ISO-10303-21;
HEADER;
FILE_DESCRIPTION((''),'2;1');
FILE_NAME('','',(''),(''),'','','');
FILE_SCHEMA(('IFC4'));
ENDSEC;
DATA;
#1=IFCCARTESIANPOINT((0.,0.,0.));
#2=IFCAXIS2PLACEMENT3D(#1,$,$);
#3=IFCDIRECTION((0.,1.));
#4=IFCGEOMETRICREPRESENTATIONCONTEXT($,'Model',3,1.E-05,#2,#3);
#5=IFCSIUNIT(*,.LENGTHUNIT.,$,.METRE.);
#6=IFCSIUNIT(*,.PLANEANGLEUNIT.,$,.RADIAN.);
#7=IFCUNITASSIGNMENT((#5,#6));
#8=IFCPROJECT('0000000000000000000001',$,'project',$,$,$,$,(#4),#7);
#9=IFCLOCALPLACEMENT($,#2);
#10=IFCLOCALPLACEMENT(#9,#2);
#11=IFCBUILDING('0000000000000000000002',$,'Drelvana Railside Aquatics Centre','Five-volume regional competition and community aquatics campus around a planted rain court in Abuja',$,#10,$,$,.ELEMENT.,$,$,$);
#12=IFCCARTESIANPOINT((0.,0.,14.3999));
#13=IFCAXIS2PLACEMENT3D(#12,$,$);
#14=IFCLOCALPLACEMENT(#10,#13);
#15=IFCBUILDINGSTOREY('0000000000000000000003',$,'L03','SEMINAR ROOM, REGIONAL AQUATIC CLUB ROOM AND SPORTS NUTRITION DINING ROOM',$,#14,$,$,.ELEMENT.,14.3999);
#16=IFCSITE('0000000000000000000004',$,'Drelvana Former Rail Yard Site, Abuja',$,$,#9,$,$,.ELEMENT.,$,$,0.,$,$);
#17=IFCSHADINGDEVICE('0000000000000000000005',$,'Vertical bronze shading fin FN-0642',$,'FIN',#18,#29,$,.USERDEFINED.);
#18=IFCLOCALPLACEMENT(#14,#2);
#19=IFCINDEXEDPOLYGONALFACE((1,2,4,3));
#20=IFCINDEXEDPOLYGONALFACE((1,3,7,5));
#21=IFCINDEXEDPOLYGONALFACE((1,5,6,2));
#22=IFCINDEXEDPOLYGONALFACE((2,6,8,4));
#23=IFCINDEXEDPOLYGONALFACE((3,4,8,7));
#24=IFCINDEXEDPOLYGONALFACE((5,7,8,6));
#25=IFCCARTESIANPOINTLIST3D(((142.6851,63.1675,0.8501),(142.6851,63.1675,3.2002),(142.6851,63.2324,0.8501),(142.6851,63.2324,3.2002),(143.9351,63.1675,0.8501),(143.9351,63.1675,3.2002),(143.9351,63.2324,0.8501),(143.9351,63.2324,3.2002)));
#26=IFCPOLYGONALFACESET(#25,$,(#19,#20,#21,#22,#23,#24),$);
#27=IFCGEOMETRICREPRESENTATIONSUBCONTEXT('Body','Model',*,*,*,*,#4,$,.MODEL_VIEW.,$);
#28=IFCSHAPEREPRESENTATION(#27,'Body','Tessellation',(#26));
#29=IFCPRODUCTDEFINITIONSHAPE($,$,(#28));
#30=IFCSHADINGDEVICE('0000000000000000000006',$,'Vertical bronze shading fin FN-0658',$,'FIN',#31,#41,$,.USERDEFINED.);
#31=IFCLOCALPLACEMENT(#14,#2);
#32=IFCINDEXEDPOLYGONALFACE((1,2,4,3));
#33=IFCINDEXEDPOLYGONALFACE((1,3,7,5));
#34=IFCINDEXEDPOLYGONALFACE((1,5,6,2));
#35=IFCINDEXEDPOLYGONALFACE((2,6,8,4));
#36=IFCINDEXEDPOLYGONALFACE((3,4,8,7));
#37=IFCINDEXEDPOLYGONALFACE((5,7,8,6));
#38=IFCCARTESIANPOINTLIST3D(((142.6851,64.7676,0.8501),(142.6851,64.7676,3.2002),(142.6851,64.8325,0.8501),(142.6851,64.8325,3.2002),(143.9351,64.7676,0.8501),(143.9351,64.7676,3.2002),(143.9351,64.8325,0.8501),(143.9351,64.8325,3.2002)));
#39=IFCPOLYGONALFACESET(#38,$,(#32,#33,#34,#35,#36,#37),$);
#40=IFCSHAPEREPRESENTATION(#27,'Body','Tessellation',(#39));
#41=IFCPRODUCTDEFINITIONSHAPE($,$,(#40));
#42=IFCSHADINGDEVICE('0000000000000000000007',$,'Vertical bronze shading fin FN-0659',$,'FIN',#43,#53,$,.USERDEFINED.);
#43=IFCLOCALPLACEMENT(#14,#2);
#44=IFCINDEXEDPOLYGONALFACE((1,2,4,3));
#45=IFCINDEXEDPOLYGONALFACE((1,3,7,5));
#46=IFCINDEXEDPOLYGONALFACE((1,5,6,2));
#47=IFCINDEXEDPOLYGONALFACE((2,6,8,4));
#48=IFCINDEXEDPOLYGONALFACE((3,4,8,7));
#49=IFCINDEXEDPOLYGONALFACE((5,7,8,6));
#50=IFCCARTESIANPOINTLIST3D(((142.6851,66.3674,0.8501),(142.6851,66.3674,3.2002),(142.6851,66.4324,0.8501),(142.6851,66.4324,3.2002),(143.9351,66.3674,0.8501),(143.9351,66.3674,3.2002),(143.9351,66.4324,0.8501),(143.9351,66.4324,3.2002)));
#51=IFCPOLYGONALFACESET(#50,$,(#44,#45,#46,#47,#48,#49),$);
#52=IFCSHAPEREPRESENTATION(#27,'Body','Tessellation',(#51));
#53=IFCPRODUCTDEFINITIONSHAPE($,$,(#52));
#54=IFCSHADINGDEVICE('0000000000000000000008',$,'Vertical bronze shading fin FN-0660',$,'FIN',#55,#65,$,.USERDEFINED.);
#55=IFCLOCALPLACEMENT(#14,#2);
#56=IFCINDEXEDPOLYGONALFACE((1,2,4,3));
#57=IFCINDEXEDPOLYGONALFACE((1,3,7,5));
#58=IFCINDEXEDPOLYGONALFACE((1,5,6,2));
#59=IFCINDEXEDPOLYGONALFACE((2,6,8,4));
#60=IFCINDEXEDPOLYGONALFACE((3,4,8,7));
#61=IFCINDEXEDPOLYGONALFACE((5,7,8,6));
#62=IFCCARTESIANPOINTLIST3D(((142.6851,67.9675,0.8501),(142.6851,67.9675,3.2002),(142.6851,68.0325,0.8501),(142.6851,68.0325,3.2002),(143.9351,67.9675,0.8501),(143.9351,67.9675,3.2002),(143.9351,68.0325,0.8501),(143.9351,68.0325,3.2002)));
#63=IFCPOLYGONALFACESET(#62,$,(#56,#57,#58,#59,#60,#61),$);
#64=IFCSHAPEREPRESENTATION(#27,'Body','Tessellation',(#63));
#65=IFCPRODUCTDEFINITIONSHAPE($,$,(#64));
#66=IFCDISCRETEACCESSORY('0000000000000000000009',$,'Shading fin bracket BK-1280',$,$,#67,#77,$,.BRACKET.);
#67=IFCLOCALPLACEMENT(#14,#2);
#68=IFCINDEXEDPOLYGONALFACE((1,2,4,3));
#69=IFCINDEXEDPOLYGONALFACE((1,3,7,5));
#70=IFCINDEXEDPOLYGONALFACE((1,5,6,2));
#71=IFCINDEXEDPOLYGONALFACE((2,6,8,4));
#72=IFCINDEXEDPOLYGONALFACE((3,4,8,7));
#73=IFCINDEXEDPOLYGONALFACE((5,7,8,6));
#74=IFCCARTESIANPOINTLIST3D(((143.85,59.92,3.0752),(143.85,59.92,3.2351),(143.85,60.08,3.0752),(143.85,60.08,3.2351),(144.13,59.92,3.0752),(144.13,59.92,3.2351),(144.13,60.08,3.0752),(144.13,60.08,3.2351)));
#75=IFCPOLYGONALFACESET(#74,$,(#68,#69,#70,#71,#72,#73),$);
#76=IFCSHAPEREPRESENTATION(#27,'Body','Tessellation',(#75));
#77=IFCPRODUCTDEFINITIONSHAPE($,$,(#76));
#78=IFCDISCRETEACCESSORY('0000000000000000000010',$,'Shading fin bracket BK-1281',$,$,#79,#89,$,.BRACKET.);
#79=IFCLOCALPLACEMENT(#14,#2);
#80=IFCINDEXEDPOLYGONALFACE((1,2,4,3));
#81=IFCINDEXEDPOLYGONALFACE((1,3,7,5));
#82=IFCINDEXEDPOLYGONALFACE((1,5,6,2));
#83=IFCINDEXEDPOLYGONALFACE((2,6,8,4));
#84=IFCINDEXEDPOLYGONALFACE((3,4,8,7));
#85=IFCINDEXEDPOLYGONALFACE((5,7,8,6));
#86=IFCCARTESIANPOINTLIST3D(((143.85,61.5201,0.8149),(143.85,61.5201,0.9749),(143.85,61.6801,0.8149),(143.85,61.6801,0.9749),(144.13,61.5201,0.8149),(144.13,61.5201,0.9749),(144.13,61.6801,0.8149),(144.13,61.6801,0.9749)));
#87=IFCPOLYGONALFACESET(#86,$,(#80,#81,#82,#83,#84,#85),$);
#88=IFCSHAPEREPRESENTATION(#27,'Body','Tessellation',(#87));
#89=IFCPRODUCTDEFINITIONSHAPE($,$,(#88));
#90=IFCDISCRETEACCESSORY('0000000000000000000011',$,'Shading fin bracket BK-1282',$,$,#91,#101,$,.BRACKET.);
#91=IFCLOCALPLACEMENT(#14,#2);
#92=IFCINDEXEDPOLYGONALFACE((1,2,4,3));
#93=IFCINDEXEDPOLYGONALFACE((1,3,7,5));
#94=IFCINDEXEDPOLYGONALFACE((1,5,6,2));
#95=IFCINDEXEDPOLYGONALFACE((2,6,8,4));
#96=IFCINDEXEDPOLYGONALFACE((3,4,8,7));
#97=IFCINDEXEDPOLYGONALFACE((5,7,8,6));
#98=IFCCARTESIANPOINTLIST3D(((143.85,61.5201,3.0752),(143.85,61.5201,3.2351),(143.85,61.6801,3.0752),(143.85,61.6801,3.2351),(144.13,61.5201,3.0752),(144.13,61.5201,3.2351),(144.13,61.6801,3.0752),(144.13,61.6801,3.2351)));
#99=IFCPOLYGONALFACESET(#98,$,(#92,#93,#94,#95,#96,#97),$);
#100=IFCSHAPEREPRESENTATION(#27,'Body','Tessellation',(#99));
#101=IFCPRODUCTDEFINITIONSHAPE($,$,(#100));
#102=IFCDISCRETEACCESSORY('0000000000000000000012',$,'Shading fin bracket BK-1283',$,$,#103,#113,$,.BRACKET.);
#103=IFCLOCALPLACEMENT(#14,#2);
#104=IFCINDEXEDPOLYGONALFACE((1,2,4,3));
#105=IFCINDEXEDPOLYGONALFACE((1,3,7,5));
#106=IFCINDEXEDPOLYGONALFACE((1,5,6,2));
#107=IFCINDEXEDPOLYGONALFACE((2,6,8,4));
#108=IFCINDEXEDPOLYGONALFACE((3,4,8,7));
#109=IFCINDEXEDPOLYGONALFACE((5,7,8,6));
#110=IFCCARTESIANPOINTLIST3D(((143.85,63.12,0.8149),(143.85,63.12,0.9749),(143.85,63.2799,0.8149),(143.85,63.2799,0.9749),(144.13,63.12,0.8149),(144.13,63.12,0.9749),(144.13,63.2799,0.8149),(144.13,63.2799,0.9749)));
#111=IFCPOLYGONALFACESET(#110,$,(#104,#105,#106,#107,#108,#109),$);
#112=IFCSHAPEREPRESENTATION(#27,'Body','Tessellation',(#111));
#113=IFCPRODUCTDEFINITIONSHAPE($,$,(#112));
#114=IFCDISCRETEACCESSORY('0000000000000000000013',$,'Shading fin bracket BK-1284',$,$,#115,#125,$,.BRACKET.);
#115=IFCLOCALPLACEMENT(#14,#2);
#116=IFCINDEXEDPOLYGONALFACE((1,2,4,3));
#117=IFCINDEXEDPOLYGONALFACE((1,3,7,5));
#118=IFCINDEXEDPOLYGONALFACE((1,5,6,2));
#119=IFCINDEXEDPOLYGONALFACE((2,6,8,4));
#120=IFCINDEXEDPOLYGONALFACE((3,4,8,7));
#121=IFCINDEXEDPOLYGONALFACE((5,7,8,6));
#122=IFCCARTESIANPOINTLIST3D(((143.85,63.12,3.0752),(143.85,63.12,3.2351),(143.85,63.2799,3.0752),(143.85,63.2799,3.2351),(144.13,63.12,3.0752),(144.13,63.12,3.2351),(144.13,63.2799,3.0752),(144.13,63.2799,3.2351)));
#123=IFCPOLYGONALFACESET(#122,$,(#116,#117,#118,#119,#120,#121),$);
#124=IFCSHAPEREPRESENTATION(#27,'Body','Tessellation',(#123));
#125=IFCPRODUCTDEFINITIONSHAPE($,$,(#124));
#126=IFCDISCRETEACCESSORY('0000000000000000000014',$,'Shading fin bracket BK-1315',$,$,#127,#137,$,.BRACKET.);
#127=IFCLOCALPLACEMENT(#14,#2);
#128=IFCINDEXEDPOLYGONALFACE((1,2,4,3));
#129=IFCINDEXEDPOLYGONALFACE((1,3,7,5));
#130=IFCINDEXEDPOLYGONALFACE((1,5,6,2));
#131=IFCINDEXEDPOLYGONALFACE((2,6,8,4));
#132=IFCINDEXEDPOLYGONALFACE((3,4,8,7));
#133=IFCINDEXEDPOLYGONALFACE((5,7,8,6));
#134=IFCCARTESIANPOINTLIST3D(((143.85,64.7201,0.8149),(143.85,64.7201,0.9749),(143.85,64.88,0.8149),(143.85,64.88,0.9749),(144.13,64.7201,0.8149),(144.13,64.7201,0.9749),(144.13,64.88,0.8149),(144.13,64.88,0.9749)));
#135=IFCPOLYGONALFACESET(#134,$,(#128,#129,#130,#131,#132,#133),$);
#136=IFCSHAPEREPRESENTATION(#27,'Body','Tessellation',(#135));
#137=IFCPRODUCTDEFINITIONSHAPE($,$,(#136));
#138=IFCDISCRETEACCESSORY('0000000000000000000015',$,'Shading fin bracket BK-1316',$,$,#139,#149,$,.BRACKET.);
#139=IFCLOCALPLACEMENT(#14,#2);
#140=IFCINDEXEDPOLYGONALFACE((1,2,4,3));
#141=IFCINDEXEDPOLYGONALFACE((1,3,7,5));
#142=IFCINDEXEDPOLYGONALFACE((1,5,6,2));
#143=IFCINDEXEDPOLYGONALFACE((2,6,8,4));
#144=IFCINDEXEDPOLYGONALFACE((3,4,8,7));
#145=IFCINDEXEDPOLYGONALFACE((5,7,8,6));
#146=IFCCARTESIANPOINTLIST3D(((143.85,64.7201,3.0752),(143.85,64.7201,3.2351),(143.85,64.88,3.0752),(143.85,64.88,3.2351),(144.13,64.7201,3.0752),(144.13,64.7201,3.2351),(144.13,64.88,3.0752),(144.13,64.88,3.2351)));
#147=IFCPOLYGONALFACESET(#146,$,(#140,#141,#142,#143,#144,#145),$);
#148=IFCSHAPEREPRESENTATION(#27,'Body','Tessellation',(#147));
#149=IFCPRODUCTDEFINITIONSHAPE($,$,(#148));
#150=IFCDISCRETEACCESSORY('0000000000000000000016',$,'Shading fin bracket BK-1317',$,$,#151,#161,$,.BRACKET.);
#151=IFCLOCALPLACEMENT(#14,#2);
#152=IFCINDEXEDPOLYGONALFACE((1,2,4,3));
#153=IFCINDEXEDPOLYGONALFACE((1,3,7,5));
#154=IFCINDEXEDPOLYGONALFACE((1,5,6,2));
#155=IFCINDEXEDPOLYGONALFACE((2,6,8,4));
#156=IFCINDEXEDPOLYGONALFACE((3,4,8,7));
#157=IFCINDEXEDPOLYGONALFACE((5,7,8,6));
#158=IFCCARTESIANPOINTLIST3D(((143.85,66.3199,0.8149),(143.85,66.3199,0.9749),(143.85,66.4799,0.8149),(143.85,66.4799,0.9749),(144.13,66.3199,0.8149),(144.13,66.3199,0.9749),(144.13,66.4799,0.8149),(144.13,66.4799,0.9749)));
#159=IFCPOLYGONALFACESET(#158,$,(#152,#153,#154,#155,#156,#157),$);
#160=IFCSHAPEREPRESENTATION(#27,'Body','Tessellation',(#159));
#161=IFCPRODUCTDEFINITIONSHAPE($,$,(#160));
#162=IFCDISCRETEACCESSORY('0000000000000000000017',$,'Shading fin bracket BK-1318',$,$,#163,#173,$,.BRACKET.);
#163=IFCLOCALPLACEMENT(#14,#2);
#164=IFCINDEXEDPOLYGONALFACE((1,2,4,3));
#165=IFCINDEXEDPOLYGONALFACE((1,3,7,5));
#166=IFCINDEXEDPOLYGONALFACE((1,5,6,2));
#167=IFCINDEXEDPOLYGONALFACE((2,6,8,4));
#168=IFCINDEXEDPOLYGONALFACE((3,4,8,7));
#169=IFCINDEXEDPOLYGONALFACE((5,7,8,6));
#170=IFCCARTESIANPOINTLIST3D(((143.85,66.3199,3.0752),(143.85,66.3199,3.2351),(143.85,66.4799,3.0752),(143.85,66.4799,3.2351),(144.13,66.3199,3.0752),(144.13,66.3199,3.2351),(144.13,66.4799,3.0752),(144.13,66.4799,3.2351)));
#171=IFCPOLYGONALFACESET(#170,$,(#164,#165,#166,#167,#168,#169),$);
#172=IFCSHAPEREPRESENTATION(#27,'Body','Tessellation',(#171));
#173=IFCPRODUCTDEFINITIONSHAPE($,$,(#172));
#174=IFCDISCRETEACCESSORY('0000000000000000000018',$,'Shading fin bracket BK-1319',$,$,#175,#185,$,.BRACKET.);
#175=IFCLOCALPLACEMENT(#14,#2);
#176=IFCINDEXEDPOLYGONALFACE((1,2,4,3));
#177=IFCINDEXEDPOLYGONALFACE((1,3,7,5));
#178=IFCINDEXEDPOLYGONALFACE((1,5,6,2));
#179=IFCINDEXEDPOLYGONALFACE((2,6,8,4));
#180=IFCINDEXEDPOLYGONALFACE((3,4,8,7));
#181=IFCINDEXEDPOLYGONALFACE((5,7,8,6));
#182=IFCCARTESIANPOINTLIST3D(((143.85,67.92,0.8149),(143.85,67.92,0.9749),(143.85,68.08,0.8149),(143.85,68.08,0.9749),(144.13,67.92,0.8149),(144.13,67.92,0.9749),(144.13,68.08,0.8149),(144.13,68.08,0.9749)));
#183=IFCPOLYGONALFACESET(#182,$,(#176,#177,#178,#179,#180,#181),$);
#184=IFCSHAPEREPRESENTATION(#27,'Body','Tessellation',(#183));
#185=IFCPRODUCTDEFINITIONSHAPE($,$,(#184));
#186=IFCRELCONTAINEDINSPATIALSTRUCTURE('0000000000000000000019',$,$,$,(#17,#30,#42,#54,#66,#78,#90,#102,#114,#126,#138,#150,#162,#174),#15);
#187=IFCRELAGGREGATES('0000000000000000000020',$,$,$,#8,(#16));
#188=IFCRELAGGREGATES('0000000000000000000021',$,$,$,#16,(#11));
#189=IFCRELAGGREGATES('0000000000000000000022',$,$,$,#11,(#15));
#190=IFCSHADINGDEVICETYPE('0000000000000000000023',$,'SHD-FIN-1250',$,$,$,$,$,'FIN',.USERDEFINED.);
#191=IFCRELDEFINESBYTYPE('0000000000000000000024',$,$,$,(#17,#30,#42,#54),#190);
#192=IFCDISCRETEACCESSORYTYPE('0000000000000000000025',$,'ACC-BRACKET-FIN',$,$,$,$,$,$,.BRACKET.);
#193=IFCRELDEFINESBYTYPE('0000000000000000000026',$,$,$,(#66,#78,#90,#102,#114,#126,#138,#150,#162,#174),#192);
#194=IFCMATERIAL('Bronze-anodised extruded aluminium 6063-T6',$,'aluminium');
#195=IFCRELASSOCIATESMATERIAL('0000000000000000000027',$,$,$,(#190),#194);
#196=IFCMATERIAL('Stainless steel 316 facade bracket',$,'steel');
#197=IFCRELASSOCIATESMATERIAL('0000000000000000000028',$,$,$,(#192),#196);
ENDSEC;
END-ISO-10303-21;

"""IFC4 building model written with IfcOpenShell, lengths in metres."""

from ifc_helpers import new_model, si_unit, direction, frame, origin, origin_2d, place, context, subcontext, project, spatial, rectangle, extrude, material, type_object, element, save


model = new_model("IFC4")

# Units and contexts
model_context = context("Model", 3, precision=1e-05, world=origin(), true_north=direction((0.0, 1.0)))
body_context = subcontext(model_context, "Body", "Model", "MODEL_VIEW")
ifc_project = project(units=[si_unit("LENGTHUNIT", "METRE"), si_unit("PLANEANGLEUNIT", "RADIAN")], contexts=[model_context])

# Site, building, storey
site_placement = place(None, origin())
site = spatial("IfcSite", under=ifc_project, at=site_placement, Name="Drelvana Former Rail Yard Site, Abuja", CompositionType="ELEMENT", RefElevation=0.0)
building_placement = place(site_placement, origin())
building = spatial("IfcBuilding", under=site, at=building_placement, Name="Drelvana Railside Aquatics Centre", Description="Five-volume regional competition and community aquatics campus around a planted rain court in Abuja", CompositionType="ELEMENT")
storey_placement = place(building_placement, frame((0.0, 0.0, 14.3999)))
storey = spatial("IfcBuildingStorey", under=building, at=storey_placement, Name="L03", Description="SEMINAR ROOM, REGIONAL AQUATIC CLUB ROOM AND SPORTS NUTRITION DINING ROOM", CompositionType="ELEMENT", Elevation=14.3999)

# Shared definitions
ifc_material_1 = material(Name="Bronze-anodised extruded aluminium 6063-T6", Category="aluminium")

# Shading devices
shading_device_type = type_object("IfcShadingDeviceType", Name="SHD-FIN-1250", ElementType="FIN", PredefinedType="USERDEFINED", material=ifc_material_1)
for number, where, z_axis, x_axis, name in (
    (1, (143.3101, 63.2, 0.8501), (0.0, 0.0, 1.0), (-1.0, 0.0, 0.0), "Vertical bronze shading fin FN-0642"),
    (2, (143.3101, 64.8, 0.8501), (0.0, 0.0, 1.0), (-1.0, 0.0, 0.0), "Vertical bronze shading fin FN-0658"),
    (3, (143.3101, 66.3999, 0.8501), (0.0, 0.0, 1.0), (-1.0, 0.0, 0.0), "Vertical bronze shading fin FN-0659"),
    (4, (143.3101, 68.0, 0.8501), (0.0, 0.0, 1.0), (-1.0, 0.0, 0.0), "Vertical bronze shading fin FN-0660"),
):
    element("IfcShadingDevice", number, at=place(storey_placement, frame(where, z_axis=z_axis, x_axis=x_axis)), inside=storey, type_object=shading_device_type, Name=name, ObjectType="FIN", PredefinedType="USERDEFINED", context=body_context, shape_type="SweptSolid", body=[
        extrude(rectangle(XDim=1.25, YDim=0.0649, at=origin_2d()), origin(), (0.0, 0.0, 1.0), 2.3501),
    ])

# Discrete accessories
ifc_material_2 = material(Name="Stainless steel 316 facade bracket", Category="steel")
discrete_accessory_type = type_object("IfcDiscreteAccessoryType", Name="ACC-BRACKET-FIN", PredefinedType="BRACKET", material=ifc_material_2)
for number, where, z_axis, x_axis, name in (
    (5, (143.99, 60.0, 3.0752), (0.0, 0.0, 1.0), (-1.0, 0.0, 0.0), "Shading fin bracket BK-1280"),
    (6, (143.99, 61.6001, 0.8149), (0.0, 0.0, 1.0), (-1.0, 0.0, 0.0), "Shading fin bracket BK-1281"),
    (7, (143.99, 61.6001, 3.0752), (0.0, 0.0, 1.0), (-1.0, 0.0, 0.0), "Shading fin bracket BK-1282"),
    (8, (143.99, 63.2, 0.8149), (0.0, 0.0, 1.0), (-1.0, 0.0, 0.0), "Shading fin bracket BK-1283"),
    (9, (143.99, 63.2, 3.0752), (0.0, 0.0, 1.0), (-1.0, 0.0, 0.0), "Shading fin bracket BK-1284"),
    (10, (143.99, 64.8, 0.8149), (0.0, 0.0, 1.0), (-1.0, 0.0, 0.0), "Shading fin bracket BK-1315"),
    (11, (143.99, 64.8, 3.0752), (0.0, 0.0, 1.0), (-1.0, 0.0, 0.0), "Shading fin bracket BK-1316"),
    (12, (143.99, 66.3999, 0.8149), (0.0, 0.0, 1.0), (-1.0, 0.0, 0.0), "Shading fin bracket BK-1317"),
    (13, (143.99, 66.3999, 3.0752), (0.0, 0.0, 1.0), (-1.0, 0.0, 0.0), "Shading fin bracket BK-1318"),
    (14, (143.99, 68.0, 0.8149), (0.0, 0.0, 1.0), (-1.0, 0.0, 0.0), "Shading fin bracket BK-1319"),
):
    element("IfcDiscreteAccessory", number, at=place(storey_placement, frame(where, z_axis=z_axis, x_axis=x_axis)), inside=storey, type_object=discrete_accessory_type, Name=name, PredefinedType="BRACKET", context=body_context, shape_type="SweptSolid", body=[
        extrude(rectangle(XDim=0.28, YDim=0.1599, at=origin_2d()), origin(), (0.0, 0.0, 1.0), 0.1599),
    ])

save(model, "model.ifc")
